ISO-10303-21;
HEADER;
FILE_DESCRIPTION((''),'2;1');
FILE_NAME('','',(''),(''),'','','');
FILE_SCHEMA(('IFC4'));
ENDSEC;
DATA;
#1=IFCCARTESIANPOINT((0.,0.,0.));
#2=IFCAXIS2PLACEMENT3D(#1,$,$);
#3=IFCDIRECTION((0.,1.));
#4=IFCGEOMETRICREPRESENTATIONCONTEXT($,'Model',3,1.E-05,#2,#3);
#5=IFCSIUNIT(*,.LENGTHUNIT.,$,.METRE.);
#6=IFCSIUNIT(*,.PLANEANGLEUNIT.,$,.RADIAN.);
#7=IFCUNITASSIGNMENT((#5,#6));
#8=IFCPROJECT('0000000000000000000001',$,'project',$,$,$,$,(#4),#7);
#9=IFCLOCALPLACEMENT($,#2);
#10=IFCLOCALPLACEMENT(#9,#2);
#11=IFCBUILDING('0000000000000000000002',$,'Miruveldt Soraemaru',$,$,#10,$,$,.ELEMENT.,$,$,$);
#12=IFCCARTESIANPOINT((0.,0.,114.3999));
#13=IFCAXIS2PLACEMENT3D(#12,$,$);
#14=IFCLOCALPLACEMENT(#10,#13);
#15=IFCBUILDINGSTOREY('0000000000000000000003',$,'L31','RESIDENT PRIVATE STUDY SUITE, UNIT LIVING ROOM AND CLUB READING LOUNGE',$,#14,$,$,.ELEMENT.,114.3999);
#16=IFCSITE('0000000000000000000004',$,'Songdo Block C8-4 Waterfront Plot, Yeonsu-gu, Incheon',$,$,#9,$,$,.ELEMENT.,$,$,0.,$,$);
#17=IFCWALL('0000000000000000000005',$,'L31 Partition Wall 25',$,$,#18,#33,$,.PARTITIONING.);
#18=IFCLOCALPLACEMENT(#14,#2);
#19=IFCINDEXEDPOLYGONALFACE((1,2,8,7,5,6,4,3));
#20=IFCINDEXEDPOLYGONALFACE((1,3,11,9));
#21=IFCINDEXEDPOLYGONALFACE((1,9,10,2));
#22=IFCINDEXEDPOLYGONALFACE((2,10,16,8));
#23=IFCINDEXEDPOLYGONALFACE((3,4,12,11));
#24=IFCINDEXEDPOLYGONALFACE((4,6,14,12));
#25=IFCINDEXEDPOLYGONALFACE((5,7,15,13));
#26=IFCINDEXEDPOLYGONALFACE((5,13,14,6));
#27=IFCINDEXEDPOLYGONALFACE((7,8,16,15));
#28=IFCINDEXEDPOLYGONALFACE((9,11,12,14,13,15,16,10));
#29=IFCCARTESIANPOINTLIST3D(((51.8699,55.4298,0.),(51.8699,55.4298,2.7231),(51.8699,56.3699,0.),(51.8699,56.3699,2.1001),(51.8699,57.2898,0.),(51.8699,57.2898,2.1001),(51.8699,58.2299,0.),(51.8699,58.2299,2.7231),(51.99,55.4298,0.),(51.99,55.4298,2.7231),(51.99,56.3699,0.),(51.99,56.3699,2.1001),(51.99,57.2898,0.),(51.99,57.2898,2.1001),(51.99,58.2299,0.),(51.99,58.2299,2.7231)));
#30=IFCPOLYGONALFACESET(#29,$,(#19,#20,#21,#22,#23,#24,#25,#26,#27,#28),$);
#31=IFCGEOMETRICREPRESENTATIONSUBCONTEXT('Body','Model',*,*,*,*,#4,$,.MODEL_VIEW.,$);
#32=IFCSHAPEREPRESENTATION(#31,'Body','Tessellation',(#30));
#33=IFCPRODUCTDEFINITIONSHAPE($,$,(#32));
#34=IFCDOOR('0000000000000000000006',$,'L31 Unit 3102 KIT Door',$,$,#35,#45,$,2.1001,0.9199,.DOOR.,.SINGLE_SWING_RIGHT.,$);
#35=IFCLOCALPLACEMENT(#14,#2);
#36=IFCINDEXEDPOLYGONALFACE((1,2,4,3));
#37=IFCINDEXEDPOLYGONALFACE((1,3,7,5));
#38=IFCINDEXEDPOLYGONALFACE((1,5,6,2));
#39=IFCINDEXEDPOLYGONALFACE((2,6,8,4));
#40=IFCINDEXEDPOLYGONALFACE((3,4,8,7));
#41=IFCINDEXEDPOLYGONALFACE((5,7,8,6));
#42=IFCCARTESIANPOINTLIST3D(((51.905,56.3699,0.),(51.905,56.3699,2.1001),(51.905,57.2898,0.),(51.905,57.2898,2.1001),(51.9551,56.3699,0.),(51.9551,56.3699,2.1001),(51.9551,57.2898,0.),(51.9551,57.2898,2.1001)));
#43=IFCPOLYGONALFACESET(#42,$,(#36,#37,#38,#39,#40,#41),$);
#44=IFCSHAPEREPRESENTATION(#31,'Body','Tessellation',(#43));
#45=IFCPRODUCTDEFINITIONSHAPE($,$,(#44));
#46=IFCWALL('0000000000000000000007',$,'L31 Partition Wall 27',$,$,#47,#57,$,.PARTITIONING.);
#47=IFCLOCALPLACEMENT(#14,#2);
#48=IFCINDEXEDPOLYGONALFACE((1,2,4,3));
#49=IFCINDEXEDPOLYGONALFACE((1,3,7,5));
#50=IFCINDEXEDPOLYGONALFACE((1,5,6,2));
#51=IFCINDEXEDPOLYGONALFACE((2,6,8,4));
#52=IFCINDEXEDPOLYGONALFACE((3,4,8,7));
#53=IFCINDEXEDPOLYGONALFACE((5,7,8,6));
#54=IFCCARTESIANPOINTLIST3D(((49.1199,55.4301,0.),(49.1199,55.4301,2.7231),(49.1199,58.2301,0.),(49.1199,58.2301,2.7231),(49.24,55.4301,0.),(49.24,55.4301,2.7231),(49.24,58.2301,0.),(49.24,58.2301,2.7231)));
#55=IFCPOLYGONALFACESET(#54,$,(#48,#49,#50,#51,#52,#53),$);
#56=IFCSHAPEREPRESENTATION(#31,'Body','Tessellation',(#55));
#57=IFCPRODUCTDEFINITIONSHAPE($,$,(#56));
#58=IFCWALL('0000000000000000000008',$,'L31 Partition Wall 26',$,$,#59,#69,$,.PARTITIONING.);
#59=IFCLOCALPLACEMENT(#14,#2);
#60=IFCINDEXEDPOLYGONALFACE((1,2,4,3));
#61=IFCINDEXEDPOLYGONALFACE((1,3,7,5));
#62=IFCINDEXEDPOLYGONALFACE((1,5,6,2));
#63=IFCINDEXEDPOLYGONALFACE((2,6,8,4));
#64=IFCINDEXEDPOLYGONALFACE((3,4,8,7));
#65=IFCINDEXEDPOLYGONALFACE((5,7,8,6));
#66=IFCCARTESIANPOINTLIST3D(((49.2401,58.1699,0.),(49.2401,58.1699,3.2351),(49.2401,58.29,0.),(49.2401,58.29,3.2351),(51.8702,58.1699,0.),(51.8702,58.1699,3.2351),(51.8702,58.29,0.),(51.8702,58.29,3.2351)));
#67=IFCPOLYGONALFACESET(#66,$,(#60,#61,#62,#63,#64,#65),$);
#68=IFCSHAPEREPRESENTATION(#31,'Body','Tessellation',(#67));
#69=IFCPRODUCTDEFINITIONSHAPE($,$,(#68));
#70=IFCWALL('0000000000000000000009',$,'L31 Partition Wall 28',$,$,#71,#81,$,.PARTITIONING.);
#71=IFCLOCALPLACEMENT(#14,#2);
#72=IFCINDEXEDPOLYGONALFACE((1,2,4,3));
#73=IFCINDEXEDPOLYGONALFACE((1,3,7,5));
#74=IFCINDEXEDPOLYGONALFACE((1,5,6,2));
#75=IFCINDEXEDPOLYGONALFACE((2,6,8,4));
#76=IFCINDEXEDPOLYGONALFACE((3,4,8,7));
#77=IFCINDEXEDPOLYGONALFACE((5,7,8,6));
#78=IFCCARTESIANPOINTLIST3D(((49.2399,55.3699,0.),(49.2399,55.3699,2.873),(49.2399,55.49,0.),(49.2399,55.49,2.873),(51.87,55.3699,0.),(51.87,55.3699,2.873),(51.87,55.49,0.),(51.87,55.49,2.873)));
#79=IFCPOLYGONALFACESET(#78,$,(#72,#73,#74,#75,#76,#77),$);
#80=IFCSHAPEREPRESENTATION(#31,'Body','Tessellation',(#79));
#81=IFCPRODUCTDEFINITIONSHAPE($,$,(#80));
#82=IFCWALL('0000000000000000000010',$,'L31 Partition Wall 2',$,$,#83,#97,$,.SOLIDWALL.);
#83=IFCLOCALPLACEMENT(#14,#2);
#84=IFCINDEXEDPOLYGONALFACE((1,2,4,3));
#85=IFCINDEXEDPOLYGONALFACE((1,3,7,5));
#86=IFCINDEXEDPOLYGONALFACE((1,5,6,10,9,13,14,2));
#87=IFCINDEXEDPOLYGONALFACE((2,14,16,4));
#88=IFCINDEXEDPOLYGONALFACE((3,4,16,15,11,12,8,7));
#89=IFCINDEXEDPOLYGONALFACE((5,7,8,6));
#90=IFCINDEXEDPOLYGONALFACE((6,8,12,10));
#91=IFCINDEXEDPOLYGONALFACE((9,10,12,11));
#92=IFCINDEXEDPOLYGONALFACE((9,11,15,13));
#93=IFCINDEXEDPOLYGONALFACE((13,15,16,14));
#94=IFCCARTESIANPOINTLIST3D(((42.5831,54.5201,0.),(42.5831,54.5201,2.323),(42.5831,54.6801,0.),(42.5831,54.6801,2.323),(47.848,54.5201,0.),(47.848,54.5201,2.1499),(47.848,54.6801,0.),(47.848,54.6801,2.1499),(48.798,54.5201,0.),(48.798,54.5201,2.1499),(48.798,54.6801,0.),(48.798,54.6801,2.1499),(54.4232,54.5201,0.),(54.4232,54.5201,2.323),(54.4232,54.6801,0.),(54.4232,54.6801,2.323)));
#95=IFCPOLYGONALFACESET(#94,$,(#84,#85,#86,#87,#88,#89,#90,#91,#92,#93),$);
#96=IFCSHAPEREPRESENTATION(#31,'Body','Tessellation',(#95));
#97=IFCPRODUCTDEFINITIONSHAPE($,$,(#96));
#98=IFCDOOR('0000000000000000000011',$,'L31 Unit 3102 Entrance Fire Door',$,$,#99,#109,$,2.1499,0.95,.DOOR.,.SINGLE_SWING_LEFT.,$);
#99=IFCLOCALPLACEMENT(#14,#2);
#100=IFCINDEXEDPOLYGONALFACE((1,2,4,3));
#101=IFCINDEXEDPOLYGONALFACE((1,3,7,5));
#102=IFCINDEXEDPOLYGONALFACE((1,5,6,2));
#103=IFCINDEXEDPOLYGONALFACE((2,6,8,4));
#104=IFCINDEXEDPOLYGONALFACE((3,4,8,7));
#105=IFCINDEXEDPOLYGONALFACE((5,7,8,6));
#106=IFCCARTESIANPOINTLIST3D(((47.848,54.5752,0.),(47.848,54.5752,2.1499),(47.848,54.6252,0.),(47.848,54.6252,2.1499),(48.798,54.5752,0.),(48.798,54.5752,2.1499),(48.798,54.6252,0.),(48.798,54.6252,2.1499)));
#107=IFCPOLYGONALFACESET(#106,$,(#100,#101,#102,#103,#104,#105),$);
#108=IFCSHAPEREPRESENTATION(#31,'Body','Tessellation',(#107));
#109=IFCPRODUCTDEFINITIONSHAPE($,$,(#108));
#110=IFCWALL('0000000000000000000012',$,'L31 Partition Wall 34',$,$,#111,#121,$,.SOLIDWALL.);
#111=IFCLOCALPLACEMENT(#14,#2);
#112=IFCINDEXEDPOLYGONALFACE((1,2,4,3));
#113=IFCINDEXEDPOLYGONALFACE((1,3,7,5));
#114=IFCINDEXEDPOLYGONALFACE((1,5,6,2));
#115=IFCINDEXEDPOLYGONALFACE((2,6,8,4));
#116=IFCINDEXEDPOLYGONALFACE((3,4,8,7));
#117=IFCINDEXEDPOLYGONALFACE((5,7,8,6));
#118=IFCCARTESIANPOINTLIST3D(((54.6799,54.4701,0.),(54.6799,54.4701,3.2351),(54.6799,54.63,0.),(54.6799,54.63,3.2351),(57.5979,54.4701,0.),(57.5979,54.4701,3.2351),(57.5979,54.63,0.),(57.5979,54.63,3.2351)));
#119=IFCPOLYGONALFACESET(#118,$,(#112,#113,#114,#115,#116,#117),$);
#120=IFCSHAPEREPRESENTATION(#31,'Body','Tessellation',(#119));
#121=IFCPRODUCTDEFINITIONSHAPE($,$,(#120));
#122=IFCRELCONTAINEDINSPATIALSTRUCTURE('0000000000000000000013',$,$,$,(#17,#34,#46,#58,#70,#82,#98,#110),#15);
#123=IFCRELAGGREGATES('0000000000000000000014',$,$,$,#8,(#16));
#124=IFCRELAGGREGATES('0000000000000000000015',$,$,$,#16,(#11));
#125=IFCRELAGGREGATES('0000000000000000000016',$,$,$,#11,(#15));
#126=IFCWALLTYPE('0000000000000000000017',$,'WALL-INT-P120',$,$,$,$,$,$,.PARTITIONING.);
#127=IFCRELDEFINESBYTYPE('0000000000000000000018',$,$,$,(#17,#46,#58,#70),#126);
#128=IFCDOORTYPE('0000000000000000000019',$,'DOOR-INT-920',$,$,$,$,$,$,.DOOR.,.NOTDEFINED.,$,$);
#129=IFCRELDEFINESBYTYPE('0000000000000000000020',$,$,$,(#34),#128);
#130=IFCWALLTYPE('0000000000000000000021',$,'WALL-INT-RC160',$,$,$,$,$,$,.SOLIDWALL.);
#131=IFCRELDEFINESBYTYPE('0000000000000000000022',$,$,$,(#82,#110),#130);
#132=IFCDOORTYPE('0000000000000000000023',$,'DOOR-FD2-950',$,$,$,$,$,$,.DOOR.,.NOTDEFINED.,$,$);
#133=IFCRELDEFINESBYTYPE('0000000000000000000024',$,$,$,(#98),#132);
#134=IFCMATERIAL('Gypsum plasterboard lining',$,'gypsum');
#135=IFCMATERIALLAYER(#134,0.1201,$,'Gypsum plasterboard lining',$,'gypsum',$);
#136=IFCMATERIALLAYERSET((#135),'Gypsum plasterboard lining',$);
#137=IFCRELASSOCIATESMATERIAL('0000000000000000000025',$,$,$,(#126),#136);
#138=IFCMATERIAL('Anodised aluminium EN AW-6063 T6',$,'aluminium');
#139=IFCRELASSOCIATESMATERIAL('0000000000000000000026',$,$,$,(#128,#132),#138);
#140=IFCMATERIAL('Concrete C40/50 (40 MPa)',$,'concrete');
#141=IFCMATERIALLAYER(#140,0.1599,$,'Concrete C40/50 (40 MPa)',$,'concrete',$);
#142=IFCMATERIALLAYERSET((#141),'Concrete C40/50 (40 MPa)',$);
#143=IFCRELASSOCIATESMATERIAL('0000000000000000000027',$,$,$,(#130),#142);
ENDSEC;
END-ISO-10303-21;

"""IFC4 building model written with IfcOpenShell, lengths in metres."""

from ifc_helpers import new_model, si_unit, direction, frame, frame_2d, origin, place, context, subcontext, project, spatial, rectangle, extrude, material, layer, layer_set, type_object, element, fill, save


model = new_model("IFC4")

# Units and contexts
model_context = context("Model", 3, precision=1e-05, world=origin(), true_north=direction((0.0, 1.0)))
body_context = subcontext(model_context, "Body", "Model", "MODEL_VIEW")
ifc_project = project(units=[si_unit("LENGTHUNIT", "METRE"), si_unit("PLANEANGLEUNIT", "RADIAN")], contexts=[model_context])

# Site, building, storey
site_placement = place(None, origin())
site = spatial("IfcSite", under=ifc_project, at=site_placement, Name="Songdo Block C8-4 Waterfront Plot, Yeonsu-gu, Incheon", CompositionType="ELEMENT", RefElevation=0.0)
building_placement = place(site_placement, origin())
building = spatial("IfcBuilding", under=site, at=building_placement, Name="Miruveldt Soraemaru", CompositionType="ELEMENT")
storey_placement = place(building_placement, frame((0.0, 0.0, 114.3999)))
storey = spatial("IfcBuildingStorey", under=building, at=storey_placement, Name="L31", Description="RESIDENT PRIVATE STUDY SUITE, UNIT LIVING ROOM AND CLUB READING LOUNGE", CompositionType="ELEMENT", Elevation=114.3999)

# Wall, opening, door
ifc_material_1 = material(Name="Gypsum plasterboard lining", Category="gypsum")
ifc_layer_1 = layer(ifc_material_1, 0.1201, Name="Gypsum plasterboard lining", Category="gypsum")
ifc_layer_set_1 = layer_set([ifc_layer_1], Name="Gypsum plasterboard lining")
wall_type_1 = type_object("IfcWallType", Name="WALL-INT-P120", PredefinedType="PARTITIONING", material=ifc_layer_set_1)
wall_1_placement = place(storey_placement, frame((51.9299, 55.4299, 0.0), z_axis=(0.0, 0.0, 1.0), x_axis=(0.0, 1.0, 0.0)))
wall_1 = element("IfcWall", 1, at=wall_1_placement, inside=storey, type_object=wall_type_1, Name="L31 Partition Wall 25", PredefinedType="PARTITIONING", context=body_context, shape_type="SweptSolid", body=[
    extrude(rectangle(XDim=2.8, YDim=0.1201, at=frame_2d((1.3999, 0.0))), origin(), (0.0, 0.0, 1.0), 2.7231),
])
opening_1_placement = place(wall_1_placement, frame((0.9399, 0.0, 0.0)))
opening_1 = element("IfcOpeningElement", 2, at=opening_1_placement, cuts=wall_1, PredefinedType="OPENING", context=body_context, shape_type="SweptSolid", body=[
    extrude(rectangle(XDim=0.9199, YDim=2.1001, at=frame_2d((0.46, 1.05))), frame((0.0, 0.0701, 0.0), z_axis=(0.0, -1.0, 0.0), x_axis=(1.0, 0.0, 0.0)), (0.0, 0.0, 1.0), 0.1401),
])
ifc_material_2 = material(Name="Anodised aluminium EN AW-6063 T6", Category="aluminium")
door_type_1 = type_object("IfcDoorType", Name="DOOR-INT-920", OperationType="NOTDEFINED", PredefinedType="DOOR", material=ifc_material_2)
door_1_placement = place(opening_1_placement, origin())
door_1 = element("IfcDoor", 3, at=door_1_placement, inside=storey, type_object=door_type_1, Name="L31 Unit 3102 KIT Door", OperationType="SINGLE_SWING_RIGHT", OverallHeight=2.1001, OverallWidth=0.9199, PredefinedType="DOOR", context=body_context, shape_type="SweptSolid", body=[
    extrude(rectangle(XDim=0.9199, YDim=2.1001, at=frame_2d((0.46, 1.05))), frame((0.0, 0.0249, 0.0), z_axis=(0.0, -1.0, 0.0), x_axis=(1.0, 0.0, 0.0)), (0.0, 0.0, 1.0), 0.05),
])
fill(opening_1, door_1)

# Walls
wall_2_placement = place(storey_placement, frame((49.1799, 58.23, 0.0), z_axis=(0.0, 0.0, 1.0), x_axis=(0.0, -1.0, 0.0)))
element("IfcWall", 4, at=wall_2_placement, inside=storey, type_object=wall_type_1, Name="L31 Partition Wall 27", PredefinedType="PARTITIONING", context=body_context, shape_type="SweptSolid", body=[
    extrude(rectangle(XDim=2.8, YDim=0.1201, at=frame_2d((1.3999, 0.0))), origin(), (0.0, 0.0, 1.0), 2.7231),
])
wall_3_placement = place(storey_placement, frame((51.8701, 58.23, 0.0), z_axis=(0.0, 0.0, 1.0), x_axis=(-1.0, 0.0, 0.0)))
element("IfcWall", 5, at=wall_3_placement, inside=storey, type_object=wall_type_1, Name="L31 Partition Wall 26", PredefinedType="PARTITIONING", context=body_context, shape_type="SweptSolid", body=[
    extrude(rectangle(XDim=2.6301, YDim=0.1201, at=frame_2d((1.3149, 0.0))), origin(), (0.0, 0.0, 1.0), 3.2351),
])
wall_4_placement = place(storey_placement, frame((49.24, 55.4299, 0.0), z_axis=(0.0, 0.0, 1.0), x_axis=(1.0, 0.0, 0.0)))
element("IfcWall", 6, at=wall_4_placement, inside=storey, type_object=wall_type_1, Name="L31 Partition Wall 28", PredefinedType="PARTITIONING", context=body_context, shape_type="SweptSolid", body=[
    extrude(rectangle(XDim=2.6301, YDim=0.1201, at=frame_2d((1.3149, 0.0))), origin(), (0.0, 0.0, 1.0), 2.873),
])

# Wall, opening, door
ifc_material_3 = material(Name="Concrete C40/50 (40 MPa)", Category="concrete")
ifc_layer_2 = layer(ifc_material_3, 0.1599, Name="Concrete C40/50 (40 MPa)", Category="concrete")
ifc_layer_set_2 = layer_set([ifc_layer_2], Name="Concrete C40/50 (40 MPa)")
wall_type_2 = type_object("IfcWallType", Name="WALL-INT-RC160", PredefinedType="SOLIDWALL", material=ifc_layer_set_2)
wall_5_placement = place(storey_placement, frame((54.4231, 54.6001, 0.0), z_axis=(0.0, 0.0, 1.0), x_axis=(-1.0, 0.0, 0.0)))
wall_5 = element("IfcWall", 7, at=wall_5_placement, inside=storey, type_object=wall_type_2, Name="L31 Partition Wall 2", PredefinedType="SOLIDWALL", context=body_context, shape_type="SweptSolid", body=[
    extrude(rectangle(XDim=11.8401, YDim=0.1599, at=frame_2d((5.9199, 0.0))), origin(), (0.0, 0.0, 1.0), 2.323),
])
opening_2_placement = place(wall_5_placement, frame((5.625, 0.0, 0.0)))
opening_2 = element("IfcOpeningElement", 8, at=opening_2_placement, cuts=wall_5, PredefinedType="OPENING", context=body_context, shape_type="SweptSolid", body=[
    extrude(rectangle(XDim=0.95, YDim=2.1499, at=frame_2d((0.4751, 1.075))), frame((0.0, 0.0898, 0.0), z_axis=(0.0, -1.0, 0.0), x_axis=(1.0, 0.0, 0.0)), (0.0, 0.0, 1.0), 0.1799),
])
door_type_2 = type_object("IfcDoorType", Name="DOOR-FD2-950", OperationType="NOTDEFINED", PredefinedType="DOOR", material=ifc_material_2)
door_2_placement = place(opening_2_placement, origin())
door_2 = element("IfcDoor", 9, at=door_2_placement, inside=storey, type_object=door_type_2, Name="L31 Unit 3102 Entrance Fire Door", OperationType="SINGLE_SWING_LEFT", OverallHeight=2.1499, OverallWidth=0.95, PredefinedType="DOOR", context=body_context, shape_type="SweptSolid", body=[
    extrude(rectangle(XDim=0.95, YDim=2.1499, at=frame_2d((0.4751, 1.075))), frame((0.0, 0.0249, 0.0), z_axis=(0.0, -1.0, 0.0), x_axis=(1.0, 0.0, 0.0)), (0.0, 0.0, 1.0), 0.05),
])
fill(opening_2, door_2)

# Wall
wall_6_placement = place(storey_placement, frame((54.6799, 54.55, 0.0), z_axis=(0.0, 0.0, 1.0), x_axis=(1.0, 0.0, 0.0)))
element("IfcWall", 10, at=wall_6_placement, inside=storey, type_object=wall_type_2, Name="L31 Partition Wall 34", PredefinedType="SOLIDWALL", context=body_context, shape_type="SweptSolid", body=[
    extrude(rectangle(XDim=2.918, YDim=0.1599, at=frame_2d((1.459, 0.0))), origin(), (0.0, 0.0, 1.0), 3.2351),
])

save(model, "model.ifc")
